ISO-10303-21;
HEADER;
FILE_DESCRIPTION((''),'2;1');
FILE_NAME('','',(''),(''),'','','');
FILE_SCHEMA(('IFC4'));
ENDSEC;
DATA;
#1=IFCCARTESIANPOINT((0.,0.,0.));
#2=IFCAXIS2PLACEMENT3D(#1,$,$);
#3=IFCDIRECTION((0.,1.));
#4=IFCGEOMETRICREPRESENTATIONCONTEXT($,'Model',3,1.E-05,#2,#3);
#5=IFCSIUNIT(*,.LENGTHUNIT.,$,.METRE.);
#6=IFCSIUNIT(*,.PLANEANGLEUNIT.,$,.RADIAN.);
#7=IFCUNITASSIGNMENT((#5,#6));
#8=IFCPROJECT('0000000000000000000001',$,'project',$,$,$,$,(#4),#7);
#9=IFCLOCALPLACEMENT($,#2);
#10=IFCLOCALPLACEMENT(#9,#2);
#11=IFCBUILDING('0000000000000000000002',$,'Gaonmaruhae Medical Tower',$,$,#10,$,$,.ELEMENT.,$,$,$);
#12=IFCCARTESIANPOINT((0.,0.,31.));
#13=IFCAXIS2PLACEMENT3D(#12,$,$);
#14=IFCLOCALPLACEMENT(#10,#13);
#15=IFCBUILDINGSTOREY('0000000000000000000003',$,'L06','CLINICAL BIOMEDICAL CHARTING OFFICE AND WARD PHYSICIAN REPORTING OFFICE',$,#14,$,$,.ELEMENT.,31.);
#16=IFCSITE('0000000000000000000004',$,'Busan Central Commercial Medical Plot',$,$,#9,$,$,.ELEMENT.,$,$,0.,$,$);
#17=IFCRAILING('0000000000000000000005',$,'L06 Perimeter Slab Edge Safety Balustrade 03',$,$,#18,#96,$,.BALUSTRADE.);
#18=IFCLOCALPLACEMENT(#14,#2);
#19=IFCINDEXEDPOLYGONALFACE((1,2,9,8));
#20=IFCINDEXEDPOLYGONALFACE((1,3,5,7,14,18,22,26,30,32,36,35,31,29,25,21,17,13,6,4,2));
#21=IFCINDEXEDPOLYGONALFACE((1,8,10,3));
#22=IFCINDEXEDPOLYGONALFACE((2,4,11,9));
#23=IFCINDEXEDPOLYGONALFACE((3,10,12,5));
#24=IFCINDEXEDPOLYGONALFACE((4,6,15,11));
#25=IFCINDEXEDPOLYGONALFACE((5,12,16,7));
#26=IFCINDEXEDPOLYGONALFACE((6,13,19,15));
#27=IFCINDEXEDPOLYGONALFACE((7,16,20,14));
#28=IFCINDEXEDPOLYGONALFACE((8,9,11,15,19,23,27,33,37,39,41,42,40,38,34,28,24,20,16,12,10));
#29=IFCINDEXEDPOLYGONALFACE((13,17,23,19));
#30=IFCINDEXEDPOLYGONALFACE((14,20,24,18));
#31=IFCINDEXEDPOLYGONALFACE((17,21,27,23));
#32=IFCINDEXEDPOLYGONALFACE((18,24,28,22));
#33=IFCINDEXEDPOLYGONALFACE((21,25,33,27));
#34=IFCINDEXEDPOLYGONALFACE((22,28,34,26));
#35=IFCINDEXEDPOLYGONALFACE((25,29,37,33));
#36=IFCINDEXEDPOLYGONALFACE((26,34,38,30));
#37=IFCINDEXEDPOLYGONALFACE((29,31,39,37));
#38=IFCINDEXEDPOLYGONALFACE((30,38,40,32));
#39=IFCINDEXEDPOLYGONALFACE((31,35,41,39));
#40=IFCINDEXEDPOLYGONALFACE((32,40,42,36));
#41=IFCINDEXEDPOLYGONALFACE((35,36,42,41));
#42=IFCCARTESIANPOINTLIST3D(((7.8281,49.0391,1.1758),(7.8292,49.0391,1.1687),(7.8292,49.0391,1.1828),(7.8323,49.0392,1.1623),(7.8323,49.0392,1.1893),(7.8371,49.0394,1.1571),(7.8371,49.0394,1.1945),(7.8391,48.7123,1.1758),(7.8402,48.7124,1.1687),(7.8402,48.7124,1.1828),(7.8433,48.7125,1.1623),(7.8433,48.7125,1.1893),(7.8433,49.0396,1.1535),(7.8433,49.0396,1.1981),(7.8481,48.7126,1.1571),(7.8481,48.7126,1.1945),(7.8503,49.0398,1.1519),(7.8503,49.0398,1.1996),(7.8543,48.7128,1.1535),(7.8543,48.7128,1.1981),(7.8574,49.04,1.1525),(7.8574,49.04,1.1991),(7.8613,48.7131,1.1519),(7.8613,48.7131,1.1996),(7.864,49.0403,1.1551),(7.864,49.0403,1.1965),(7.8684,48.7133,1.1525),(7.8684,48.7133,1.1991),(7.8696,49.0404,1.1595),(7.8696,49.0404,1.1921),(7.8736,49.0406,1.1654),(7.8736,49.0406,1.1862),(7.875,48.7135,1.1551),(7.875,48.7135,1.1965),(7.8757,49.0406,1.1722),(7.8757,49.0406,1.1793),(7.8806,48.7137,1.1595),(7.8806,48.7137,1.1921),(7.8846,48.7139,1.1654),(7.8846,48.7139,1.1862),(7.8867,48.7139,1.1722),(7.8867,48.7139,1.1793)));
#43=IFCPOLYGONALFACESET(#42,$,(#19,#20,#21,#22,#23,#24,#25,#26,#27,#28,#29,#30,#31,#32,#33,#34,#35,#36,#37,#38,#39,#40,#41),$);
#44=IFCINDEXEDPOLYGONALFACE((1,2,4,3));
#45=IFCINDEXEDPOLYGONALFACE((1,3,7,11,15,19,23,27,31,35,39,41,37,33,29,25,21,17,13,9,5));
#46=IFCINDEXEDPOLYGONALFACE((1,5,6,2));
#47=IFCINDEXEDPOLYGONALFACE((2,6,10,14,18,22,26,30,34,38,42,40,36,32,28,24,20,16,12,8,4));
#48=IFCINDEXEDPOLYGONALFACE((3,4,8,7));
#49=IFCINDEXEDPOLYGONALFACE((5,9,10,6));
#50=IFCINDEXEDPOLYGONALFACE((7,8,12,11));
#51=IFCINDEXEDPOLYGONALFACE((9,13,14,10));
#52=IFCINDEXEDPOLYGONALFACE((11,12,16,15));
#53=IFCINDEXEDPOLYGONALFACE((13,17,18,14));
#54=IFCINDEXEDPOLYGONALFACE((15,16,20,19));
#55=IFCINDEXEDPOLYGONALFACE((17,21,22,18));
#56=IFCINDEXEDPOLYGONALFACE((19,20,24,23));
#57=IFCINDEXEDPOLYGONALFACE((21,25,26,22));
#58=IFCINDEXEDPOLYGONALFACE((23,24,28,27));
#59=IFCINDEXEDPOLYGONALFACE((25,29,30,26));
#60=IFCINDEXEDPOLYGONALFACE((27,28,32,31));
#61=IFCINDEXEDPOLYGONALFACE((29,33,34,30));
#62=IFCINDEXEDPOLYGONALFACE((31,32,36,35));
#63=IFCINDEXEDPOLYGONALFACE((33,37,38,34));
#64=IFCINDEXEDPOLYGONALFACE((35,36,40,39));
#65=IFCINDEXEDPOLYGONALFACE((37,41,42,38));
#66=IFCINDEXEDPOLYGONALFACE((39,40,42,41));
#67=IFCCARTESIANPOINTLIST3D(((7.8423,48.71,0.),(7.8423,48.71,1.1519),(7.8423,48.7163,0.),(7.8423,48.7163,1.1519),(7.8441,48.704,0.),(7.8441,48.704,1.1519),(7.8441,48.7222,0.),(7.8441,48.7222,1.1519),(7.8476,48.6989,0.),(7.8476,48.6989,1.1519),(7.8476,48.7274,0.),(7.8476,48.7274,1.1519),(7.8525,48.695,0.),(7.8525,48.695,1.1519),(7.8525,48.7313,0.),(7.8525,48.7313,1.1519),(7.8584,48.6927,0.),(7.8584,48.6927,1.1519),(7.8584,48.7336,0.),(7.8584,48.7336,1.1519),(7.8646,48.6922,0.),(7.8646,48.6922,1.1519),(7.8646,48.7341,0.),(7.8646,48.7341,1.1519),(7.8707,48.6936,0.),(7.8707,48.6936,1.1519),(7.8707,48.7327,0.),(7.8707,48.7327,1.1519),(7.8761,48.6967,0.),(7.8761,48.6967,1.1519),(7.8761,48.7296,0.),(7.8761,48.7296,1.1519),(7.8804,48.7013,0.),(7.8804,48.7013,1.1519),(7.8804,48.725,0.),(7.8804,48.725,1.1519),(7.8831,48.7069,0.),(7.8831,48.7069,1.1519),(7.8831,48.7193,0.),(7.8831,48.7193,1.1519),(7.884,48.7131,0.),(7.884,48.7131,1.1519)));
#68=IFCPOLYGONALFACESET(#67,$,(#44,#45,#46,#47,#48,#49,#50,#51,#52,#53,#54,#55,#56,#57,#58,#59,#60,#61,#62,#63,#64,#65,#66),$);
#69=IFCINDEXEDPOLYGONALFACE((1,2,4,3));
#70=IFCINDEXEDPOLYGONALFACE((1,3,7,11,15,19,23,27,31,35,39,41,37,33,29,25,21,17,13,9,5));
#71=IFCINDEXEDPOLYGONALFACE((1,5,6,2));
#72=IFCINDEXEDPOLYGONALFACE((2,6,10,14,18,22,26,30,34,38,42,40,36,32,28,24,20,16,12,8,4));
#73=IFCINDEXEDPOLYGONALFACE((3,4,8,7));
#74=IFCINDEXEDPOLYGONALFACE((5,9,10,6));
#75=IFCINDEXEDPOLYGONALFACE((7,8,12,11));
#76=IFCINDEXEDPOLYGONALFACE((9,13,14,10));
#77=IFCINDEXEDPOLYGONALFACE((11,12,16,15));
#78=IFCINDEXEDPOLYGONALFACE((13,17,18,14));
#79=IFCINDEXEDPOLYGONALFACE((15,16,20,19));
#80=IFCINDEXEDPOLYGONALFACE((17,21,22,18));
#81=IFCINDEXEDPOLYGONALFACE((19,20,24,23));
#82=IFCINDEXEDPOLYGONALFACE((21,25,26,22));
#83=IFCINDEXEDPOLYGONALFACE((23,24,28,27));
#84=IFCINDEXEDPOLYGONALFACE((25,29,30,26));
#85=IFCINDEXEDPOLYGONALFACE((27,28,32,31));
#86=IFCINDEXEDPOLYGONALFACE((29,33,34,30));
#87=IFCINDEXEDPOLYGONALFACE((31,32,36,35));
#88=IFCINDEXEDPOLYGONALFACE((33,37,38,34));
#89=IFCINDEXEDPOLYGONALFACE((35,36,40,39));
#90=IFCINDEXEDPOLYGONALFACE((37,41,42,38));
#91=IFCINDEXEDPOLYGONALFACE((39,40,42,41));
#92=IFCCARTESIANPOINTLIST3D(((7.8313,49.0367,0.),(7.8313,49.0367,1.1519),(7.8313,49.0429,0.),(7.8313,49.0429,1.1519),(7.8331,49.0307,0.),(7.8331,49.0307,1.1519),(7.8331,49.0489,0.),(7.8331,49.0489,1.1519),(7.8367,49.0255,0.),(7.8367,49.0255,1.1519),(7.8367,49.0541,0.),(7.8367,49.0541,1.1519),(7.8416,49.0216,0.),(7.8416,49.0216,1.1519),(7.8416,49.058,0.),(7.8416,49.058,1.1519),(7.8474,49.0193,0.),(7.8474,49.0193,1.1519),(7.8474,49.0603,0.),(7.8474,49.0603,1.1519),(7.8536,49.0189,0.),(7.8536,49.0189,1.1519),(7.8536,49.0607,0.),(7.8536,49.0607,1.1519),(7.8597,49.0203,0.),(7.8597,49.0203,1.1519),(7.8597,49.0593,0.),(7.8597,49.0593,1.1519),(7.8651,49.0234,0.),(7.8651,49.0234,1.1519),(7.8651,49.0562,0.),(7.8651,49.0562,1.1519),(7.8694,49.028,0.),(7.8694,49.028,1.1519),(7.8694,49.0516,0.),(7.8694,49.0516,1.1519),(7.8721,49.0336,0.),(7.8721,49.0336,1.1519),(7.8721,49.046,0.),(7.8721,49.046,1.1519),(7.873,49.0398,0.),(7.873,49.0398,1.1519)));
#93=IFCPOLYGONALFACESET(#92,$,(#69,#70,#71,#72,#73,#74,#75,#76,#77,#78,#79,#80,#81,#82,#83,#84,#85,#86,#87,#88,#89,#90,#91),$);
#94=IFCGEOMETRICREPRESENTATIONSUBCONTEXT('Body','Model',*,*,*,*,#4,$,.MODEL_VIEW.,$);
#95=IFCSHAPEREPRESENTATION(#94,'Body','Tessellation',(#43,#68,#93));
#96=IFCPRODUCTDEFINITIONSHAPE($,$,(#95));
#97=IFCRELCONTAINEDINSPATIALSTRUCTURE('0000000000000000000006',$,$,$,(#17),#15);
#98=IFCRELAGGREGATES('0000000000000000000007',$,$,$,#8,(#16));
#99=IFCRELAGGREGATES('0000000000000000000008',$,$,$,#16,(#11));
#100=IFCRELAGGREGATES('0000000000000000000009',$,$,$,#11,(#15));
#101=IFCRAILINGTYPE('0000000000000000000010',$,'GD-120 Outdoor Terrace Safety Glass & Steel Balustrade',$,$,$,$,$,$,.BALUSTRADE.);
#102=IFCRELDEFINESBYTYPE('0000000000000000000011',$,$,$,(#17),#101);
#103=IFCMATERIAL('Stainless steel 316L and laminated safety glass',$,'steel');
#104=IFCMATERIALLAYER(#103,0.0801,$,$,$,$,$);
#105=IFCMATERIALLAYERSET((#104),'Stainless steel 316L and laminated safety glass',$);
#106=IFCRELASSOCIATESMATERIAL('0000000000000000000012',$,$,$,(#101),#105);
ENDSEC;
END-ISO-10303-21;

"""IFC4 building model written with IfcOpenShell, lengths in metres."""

from ifc_helpers import new_model, si_unit, direction, frame, origin, origin_2d, place, context, subcontext, project, spatial, circle, extrude, material, layer, layer_set, type_object, element, save


model = new_model("IFC4")

# Units and contexts
model_context = context("Model", 3, precision=1e-05, world=origin(), true_north=direction((0.0, 1.0)))
body_context = subcontext(model_context, "Body", "Model", "MODEL_VIEW")
ifc_project = project(units=[si_unit("LENGTHUNIT", "METRE"), si_unit("PLANEANGLEUNIT", "RADIAN")], contexts=[model_context])

# Site, building, storey
site_placement = place(None, origin())
site = spatial("IfcSite", under=ifc_project, at=site_placement, Name="Busan Central Commercial Medical Plot", CompositionType="ELEMENT", RefElevation=0.0)
building_placement = place(site_placement, origin())
building = spatial("IfcBuilding", under=site, at=building_placement, Name="Gaonmaruhae Medical Tower", CompositionType="ELEMENT")
storey_placement = place(building_placement, frame((0.0, 0.0, 31.0)))
storey = spatial("IfcBuildingStorey", under=building, at=storey_placement, Name="L06", Description="CLINICAL BIOMEDICAL CHARTING OFFICE AND WARD PHYSICIAN REPORTING OFFICE", CompositionType="ELEMENT", Elevation=31.0)

# Railing
ifc_material_1 = material(Name="Stainless steel 316L and laminated safety glass", Category="steel")
ifc_layer_1 = layer(ifc_material_1, 0.0801)
ifc_layer_set_1 = layer_set([ifc_layer_1], Name="Stainless steel 316L and laminated safety glass")
railing_type = type_object("IfcRailingType", Name="GD-120 Outdoor Terrace Safety Glass & Steel Balustrade", PredefinedType="BALUSTRADE", material=ifc_layer_set_1)
railing_1_placement = place(storey_placement, frame((7.863, 48.7131, 0.0)))
element("IfcRailing", 1, at=railing_1_placement, inside=storey, type_object=railing_type, Name="L06 Perimeter Slab Edge Safety Balustrade 03", PredefinedType="BALUSTRADE", context=body_context, shape_type="SweptSolid", body=[
    extrude(circle(Radius=0.0239, at=origin_2d()), frame((0.0, 0.0, 1.1758), z_axis=(-0.033613, 0.999435, 0.0), x_axis=(-0.999435, -0.033613, 0.0)), (0.0, 0.0, 1.0), 0.3269),
    extrude(circle(Radius=0.021, at=origin_2d()), origin(), (0.0, 0.0, 1.0), 1.1519),
    extrude(circle(Radius=0.021, at=origin_2d()), frame((-0.011, 0.3267, 0.0)), (0.0, 0.0, 1.0), 1.1519),
])

save(model, "model.ifc")
